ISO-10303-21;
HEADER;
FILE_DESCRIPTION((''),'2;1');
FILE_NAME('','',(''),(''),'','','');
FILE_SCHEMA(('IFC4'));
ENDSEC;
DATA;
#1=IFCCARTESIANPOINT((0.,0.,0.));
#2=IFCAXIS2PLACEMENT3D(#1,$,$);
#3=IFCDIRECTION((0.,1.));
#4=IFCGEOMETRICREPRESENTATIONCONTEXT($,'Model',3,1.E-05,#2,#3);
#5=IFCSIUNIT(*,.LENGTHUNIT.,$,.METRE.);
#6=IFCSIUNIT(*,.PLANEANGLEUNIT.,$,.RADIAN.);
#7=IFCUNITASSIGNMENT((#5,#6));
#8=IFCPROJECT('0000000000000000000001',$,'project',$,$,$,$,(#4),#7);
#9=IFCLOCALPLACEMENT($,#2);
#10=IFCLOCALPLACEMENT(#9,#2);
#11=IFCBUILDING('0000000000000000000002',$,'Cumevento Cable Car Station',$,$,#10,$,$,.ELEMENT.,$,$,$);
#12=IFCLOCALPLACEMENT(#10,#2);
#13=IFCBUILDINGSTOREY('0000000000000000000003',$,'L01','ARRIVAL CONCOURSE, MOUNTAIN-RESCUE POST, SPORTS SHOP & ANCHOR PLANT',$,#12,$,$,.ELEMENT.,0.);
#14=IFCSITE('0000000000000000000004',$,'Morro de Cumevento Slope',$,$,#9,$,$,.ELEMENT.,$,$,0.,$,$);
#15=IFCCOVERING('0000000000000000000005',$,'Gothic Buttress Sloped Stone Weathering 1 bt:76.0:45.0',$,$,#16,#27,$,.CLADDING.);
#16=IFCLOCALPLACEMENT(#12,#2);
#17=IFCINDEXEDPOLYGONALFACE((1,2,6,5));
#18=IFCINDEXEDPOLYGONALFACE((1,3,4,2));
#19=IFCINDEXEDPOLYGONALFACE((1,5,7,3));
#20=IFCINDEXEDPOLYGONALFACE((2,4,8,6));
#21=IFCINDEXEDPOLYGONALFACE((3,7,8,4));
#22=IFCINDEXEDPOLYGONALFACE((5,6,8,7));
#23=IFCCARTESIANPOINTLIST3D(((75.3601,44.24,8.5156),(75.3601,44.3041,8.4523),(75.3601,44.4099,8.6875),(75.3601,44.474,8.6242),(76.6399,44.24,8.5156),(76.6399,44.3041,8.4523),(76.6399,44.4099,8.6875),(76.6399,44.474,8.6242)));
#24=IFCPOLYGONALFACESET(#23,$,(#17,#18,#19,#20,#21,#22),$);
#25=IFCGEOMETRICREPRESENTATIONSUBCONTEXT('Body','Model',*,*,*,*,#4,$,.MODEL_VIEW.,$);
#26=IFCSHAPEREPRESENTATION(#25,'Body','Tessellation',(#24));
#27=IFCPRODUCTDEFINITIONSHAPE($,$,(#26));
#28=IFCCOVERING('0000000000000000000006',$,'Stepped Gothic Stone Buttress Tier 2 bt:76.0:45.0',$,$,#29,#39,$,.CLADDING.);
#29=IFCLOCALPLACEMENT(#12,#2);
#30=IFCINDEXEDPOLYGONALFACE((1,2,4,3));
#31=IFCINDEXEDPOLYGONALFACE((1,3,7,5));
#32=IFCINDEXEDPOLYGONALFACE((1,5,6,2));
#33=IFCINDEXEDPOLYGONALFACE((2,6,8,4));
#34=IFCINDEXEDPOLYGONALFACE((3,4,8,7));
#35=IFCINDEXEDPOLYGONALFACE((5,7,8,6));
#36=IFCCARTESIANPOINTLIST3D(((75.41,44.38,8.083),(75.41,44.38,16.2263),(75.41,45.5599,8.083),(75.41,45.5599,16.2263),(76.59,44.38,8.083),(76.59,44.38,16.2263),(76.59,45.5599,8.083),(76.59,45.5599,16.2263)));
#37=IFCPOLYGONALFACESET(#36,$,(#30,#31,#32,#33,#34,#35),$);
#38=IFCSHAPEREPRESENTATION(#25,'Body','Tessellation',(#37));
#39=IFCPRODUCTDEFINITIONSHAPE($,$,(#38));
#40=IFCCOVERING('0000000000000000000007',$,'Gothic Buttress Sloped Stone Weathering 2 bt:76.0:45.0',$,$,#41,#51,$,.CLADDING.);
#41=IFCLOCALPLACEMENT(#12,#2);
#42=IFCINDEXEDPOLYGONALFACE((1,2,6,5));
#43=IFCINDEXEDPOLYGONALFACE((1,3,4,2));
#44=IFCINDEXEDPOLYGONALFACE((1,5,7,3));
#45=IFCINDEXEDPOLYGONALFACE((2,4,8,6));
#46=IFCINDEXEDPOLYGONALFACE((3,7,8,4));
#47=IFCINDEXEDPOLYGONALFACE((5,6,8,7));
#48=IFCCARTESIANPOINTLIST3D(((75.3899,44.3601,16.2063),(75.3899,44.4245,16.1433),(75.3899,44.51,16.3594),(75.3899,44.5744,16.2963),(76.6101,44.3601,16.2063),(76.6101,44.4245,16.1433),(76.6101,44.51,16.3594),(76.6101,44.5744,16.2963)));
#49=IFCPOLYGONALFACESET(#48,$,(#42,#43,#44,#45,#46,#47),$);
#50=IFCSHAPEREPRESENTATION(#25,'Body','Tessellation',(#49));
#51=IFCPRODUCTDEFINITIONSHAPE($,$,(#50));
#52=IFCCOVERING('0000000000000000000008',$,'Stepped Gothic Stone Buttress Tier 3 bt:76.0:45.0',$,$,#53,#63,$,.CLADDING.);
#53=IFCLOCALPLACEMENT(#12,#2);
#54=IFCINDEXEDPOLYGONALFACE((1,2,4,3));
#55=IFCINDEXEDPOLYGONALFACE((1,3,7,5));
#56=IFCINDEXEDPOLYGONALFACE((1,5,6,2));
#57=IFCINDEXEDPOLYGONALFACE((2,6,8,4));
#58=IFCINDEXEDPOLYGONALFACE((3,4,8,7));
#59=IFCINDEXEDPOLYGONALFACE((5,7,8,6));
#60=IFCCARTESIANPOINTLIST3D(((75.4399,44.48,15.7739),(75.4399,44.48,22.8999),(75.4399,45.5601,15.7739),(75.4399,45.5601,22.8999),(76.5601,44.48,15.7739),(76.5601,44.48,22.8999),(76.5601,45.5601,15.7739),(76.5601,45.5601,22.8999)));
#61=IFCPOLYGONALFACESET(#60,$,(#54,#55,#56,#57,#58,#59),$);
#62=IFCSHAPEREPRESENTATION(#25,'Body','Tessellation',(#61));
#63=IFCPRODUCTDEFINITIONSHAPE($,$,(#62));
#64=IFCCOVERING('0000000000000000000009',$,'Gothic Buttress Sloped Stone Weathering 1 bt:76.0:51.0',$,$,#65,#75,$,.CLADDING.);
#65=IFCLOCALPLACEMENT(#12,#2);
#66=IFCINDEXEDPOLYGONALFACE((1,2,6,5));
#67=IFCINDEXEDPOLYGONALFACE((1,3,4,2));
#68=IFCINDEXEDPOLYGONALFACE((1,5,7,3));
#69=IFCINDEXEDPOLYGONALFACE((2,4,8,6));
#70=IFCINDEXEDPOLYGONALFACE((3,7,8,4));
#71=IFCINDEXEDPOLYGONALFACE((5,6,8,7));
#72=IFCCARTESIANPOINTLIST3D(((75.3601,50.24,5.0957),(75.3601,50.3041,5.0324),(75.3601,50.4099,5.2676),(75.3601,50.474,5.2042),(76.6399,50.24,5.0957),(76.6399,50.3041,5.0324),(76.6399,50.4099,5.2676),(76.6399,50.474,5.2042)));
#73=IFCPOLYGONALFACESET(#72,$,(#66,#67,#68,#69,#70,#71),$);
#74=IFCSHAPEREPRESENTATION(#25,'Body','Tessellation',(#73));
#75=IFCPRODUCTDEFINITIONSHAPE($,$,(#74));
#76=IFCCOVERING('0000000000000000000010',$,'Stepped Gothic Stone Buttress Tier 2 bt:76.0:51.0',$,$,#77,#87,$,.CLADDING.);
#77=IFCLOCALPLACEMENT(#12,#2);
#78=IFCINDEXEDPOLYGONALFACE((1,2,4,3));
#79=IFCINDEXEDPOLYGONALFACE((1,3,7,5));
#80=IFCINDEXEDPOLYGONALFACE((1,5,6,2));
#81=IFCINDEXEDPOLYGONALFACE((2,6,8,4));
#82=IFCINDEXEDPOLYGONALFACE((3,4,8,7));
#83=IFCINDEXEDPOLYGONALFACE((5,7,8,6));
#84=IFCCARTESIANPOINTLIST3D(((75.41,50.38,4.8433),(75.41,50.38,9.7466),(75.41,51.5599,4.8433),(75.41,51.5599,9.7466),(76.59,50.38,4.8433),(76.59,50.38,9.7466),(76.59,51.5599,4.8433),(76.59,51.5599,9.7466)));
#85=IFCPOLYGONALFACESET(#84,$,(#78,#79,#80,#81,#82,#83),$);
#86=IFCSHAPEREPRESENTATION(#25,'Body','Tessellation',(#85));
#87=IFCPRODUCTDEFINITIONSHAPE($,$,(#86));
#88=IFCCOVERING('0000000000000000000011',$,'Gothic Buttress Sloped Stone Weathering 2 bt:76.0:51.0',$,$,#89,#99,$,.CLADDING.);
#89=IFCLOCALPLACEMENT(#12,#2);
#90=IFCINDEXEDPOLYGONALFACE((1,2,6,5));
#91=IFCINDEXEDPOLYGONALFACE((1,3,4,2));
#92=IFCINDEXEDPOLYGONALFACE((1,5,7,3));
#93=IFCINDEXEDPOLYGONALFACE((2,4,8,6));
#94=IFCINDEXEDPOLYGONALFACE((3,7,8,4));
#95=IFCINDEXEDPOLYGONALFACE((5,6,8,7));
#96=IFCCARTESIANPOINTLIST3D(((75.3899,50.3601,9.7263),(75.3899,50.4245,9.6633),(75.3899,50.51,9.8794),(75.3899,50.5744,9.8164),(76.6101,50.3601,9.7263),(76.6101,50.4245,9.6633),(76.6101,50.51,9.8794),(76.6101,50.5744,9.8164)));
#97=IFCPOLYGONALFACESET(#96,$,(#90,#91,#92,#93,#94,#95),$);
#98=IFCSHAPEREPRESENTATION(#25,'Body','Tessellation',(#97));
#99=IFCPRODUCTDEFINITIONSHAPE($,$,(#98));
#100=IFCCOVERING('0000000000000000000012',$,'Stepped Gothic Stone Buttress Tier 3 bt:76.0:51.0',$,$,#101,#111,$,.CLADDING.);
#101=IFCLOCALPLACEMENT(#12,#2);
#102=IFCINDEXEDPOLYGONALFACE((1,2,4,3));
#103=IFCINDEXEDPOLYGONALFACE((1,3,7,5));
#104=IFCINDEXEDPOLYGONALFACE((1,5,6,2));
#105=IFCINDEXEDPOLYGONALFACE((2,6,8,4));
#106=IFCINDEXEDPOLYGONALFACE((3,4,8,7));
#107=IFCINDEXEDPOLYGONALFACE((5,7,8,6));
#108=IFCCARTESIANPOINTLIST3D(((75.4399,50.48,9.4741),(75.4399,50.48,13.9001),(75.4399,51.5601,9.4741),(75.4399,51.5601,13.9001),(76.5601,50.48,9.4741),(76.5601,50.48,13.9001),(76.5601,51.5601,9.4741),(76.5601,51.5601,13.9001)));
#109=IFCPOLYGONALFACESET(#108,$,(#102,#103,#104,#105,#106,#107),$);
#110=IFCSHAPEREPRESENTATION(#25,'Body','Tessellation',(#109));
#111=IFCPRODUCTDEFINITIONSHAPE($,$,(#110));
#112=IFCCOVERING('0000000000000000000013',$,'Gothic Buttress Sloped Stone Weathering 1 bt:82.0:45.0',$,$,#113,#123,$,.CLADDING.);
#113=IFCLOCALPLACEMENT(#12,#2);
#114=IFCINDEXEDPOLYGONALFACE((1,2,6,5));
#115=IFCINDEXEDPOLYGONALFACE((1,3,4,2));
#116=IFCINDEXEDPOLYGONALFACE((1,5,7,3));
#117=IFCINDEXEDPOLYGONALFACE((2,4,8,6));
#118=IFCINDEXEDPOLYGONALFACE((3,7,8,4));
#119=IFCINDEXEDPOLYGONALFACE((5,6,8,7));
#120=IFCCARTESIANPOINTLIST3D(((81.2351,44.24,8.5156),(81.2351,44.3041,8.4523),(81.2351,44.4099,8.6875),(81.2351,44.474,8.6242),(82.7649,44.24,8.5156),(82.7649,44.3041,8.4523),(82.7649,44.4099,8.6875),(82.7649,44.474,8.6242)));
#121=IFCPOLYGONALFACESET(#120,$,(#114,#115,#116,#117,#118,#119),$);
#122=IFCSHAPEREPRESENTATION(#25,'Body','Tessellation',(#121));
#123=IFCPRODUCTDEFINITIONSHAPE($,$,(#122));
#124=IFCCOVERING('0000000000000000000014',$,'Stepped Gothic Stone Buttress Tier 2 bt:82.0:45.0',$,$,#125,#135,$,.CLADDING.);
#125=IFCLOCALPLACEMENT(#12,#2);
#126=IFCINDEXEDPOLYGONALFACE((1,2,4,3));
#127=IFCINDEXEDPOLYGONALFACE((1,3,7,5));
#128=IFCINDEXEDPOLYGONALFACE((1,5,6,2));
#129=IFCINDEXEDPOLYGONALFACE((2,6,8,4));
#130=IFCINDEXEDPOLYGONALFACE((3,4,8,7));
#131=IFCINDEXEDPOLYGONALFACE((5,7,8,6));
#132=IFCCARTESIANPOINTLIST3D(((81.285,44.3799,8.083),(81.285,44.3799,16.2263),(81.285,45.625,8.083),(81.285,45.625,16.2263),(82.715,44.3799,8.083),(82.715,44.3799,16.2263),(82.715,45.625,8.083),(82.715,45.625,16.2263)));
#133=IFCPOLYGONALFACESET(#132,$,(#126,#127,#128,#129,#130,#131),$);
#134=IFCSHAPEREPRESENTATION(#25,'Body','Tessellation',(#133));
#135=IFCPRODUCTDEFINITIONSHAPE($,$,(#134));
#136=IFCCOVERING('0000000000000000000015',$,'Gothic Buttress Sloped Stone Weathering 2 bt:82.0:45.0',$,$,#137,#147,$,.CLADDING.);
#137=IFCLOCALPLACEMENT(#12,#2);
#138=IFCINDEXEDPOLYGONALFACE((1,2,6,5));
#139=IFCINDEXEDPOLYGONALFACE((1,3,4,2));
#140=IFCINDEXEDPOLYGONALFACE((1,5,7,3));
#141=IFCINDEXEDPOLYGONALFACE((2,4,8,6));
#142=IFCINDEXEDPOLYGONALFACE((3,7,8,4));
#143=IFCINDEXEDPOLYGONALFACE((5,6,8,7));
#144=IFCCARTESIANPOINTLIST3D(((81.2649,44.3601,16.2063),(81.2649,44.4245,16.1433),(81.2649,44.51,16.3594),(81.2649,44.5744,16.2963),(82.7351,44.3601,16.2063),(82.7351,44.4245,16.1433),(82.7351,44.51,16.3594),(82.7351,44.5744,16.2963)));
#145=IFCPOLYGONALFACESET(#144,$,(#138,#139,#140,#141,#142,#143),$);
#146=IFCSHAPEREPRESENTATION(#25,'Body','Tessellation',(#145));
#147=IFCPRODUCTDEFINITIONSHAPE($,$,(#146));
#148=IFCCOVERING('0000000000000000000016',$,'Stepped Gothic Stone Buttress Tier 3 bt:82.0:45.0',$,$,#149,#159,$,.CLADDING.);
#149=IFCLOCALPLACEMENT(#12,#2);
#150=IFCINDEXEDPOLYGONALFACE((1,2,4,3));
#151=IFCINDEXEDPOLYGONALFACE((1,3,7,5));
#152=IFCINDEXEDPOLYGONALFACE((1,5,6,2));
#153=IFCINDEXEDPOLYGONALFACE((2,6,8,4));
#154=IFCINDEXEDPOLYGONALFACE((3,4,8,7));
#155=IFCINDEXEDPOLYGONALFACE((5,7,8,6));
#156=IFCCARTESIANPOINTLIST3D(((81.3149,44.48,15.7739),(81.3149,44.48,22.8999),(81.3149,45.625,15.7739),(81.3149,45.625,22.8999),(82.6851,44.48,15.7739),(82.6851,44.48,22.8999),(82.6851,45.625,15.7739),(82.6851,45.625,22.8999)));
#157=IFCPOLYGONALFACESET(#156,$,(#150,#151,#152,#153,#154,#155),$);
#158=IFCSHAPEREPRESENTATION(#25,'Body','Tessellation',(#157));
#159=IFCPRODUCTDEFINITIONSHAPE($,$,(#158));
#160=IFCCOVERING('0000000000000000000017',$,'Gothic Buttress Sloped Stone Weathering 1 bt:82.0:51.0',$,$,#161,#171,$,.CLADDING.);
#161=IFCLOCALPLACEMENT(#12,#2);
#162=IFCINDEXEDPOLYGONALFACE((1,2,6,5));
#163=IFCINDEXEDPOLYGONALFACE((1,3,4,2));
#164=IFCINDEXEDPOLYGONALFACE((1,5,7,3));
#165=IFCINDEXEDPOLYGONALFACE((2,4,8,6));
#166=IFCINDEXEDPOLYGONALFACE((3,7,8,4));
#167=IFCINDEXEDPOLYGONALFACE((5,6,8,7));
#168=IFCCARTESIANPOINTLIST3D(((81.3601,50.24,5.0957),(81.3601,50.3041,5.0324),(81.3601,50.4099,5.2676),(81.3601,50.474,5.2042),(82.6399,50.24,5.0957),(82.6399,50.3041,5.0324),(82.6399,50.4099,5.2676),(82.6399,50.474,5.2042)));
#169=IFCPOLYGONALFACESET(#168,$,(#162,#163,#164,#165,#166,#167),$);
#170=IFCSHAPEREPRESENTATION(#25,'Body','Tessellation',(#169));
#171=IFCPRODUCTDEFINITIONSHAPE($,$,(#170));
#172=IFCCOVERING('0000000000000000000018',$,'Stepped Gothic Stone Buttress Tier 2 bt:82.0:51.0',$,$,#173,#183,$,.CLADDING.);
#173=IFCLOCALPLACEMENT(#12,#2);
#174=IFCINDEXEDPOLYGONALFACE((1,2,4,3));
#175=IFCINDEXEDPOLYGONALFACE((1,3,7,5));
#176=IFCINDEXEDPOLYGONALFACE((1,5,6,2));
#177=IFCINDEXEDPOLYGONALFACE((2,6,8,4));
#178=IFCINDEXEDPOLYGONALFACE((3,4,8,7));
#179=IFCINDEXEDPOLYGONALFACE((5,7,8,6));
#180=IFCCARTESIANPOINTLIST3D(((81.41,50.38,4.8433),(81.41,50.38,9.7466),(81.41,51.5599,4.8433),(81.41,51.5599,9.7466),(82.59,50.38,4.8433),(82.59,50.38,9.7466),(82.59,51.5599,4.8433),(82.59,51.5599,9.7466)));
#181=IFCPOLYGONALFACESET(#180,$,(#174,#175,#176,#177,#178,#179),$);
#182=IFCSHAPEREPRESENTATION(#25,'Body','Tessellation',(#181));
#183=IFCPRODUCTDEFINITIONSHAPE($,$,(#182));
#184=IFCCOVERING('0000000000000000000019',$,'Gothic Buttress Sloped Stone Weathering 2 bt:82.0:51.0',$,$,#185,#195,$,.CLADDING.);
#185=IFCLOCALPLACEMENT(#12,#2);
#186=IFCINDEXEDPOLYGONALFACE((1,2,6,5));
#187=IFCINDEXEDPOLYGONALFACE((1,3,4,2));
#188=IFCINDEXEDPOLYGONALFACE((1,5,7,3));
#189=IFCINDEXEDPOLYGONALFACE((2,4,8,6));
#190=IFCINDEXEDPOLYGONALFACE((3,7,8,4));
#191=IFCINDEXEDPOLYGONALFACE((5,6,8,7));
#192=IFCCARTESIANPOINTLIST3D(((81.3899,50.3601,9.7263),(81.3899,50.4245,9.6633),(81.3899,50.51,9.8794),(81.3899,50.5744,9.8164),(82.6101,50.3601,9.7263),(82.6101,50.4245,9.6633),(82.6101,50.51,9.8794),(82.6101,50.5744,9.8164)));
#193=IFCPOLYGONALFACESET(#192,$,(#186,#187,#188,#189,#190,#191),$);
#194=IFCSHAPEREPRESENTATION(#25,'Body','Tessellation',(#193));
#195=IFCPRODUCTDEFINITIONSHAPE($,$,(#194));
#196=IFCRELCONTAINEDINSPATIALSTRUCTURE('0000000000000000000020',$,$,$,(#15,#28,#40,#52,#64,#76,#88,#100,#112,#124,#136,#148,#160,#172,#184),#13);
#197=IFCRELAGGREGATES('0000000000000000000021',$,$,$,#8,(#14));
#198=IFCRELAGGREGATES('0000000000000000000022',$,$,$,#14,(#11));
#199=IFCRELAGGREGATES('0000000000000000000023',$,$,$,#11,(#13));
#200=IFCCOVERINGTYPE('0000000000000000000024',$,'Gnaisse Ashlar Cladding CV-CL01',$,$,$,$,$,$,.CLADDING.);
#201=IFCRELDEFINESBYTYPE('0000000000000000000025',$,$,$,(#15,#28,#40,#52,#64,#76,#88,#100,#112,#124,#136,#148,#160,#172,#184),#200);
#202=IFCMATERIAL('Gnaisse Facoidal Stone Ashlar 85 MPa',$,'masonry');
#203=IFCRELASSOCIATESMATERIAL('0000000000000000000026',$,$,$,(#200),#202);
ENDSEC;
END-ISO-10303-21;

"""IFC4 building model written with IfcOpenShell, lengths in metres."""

from ifc_helpers import new_model, si_unit, direction, frame, origin, origin_2d, place, context, subcontext, project, spatial, polyline, rectangle, outline, extrude, material, type_object, element, save


model = new_model("IFC4")

# Units and contexts
model_context = context("Model", 3, precision=1e-05, world=origin(), true_north=direction((0.0, 1.0)))
body_context = subcontext(model_context, "Body", "Model", "MODEL_VIEW")
ifc_project = project(units=[si_unit("LENGTHUNIT", "METRE"), si_unit("PLANEANGLEUNIT", "RADIAN")], contexts=[model_context])

# Site, building, storey
site_placement = place(None, origin())
site = spatial("IfcSite", under=ifc_project, at=site_placement, Name="Morro de Cumevento Slope", CompositionType="ELEMENT", RefElevation=0.0)
building_placement = place(site_placement, origin())
building = spatial("IfcBuilding", under=site, at=building_placement, Name="Cumevento Cable Car Station", CompositionType="ELEMENT")
storey_placement = place(building_placement, origin())
storey = spatial("IfcBuildingStorey", under=building, at=storey_placement, Name="L01", Description="ARRIVAL CONCOURSE, MOUNTAIN-RESCUE POST, SPORTS SHOP & ANCHOR PLANT", CompositionType="ELEMENT", Elevation=0.0)

# Coverings
ifc_material = material(Name="Gnaisse Facoidal Stone Ashlar 85 MPa", Category="masonry")
covering_type = type_object("IfcCoveringType", Name="Gnaisse Ashlar Cladding CV-CL01", PredefinedType="CLADDING", material=ifc_material)
covering_1_placement = place(storey_placement, frame((75.3601, 44.24, 8.5156), z_axis=(0.0, -0.711136, 0.703055), x_axis=(1.0, 0.0, 0.0)))
element("IfcCovering", 1, at=covering_1_placement, inside=storey, type_object=covering_type, Name="Gothic Buttress Sloped Stone Weathering 1 bt:76.0:45.0", PredefinedType="CLADDING", context=body_context, shape_type="SweptSolid", body=[
    extrude(outline(polyline([(0.0, 0.0), (1.2798, 0.0), (1.2798, 0.2417), (0.0, 0.2417), (0.0, 0.0)])), origin(), (0.0, 0.0, -1.0), 0.0901),
])
covering_2_placement = place(storey_placement, frame((76.0, 44.97, 8.083), z_axis=(0.0, 0.0, 1.0), x_axis=(1.0, 0.0, 0.0)))
element("IfcCovering", 2, at=covering_2_placement, inside=storey, type_object=covering_type, Name="Stepped Gothic Stone Buttress Tier 2 bt:76.0:45.0", PredefinedType="CLADDING", context=body_context, shape_type="SweptSolid", body=[
    extrude(rectangle(XDim=1.1799, YDim=1.1799, at=origin_2d()), origin(), (0.0, 0.0, 1.0), 8.1433),
])
covering_3_placement = place(storey_placement, frame((75.3899, 44.3601, 16.2063), z_axis=(0.0, -0.714475, 0.699661), x_axis=(1.0, 0.0, 0.0)))
element("IfcCovering", 3, at=covering_3_placement, inside=storey, type_object=covering_type, Name="Gothic Buttress Sloped Stone Weathering 2 bt:76.0:45.0", PredefinedType="CLADDING", context=body_context, shape_type="SweptSolid", body=[
    extrude(outline(polyline([(0.0, 0.0), (1.2202, 0.0), (1.2202, 0.2142), (0.0, 0.2142), (0.0, 0.0)])), origin(), (0.0, 0.0, -1.0), 0.0901),
])
covering_4_placement = place(storey_placement, frame((76.0, 45.02, 15.7739), z_axis=(0.0, 0.0, 1.0), x_axis=(1.0, 0.0, 0.0)))
element("IfcCovering", 4, at=covering_4_placement, inside=storey, type_object=covering_type, Name="Stepped Gothic Stone Buttress Tier 3 bt:76.0:45.0", PredefinedType="CLADDING", context=body_context, shape_type="SweptSolid", body=[
    extrude(rectangle(XDim=1.1201, YDim=1.0801, at=origin_2d()), origin(), (0.0, 0.0, 1.0), 7.126),
])
covering_5_placement = place(storey_placement, frame((75.3601, 50.24, 5.0957), z_axis=(0.0, -0.711136, 0.703055), x_axis=(1.0, 0.0, 0.0)))
element("IfcCovering", 5, at=covering_5_placement, inside=storey, type_object=covering_type, Name="Gothic Buttress Sloped Stone Weathering 1 bt:76.0:51.0", PredefinedType="CLADDING", context=body_context, shape_type="SweptSolid", body=[
    extrude(outline(polyline([(0.0, 0.0), (1.2798, 0.0), (1.2798, 0.2417), (0.0, 0.2417), (0.0, 0.0)])), origin(), (0.0, 0.0, -1.0), 0.0901),
])
covering_6_placement = place(storey_placement, frame((76.0, 50.97, 4.8433), z_axis=(0.0, 0.0, 1.0), x_axis=(1.0, 0.0, 0.0)))
element("IfcCovering", 6, at=covering_6_placement, inside=storey, type_object=covering_type, Name="Stepped Gothic Stone Buttress Tier 2 bt:76.0:51.0", PredefinedType="CLADDING", context=body_context, shape_type="SweptSolid", body=[
    extrude(rectangle(XDim=1.1799, YDim=1.1799, at=origin_2d()), origin(), (0.0, 0.0, 1.0), 4.9033),
])
covering_7_placement = place(storey_placement, frame((75.3899, 50.3601, 9.7263), z_axis=(0.0, -0.714475, 0.699661), x_axis=(1.0, 0.0, 0.0)))
element("IfcCovering", 7, at=covering_7_placement, inside=storey, type_object=covering_type, Name="Gothic Buttress Sloped Stone Weathering 2 bt:76.0:51.0", PredefinedType="CLADDING", context=body_context, shape_type="SweptSolid", body=[
    extrude(outline(polyline([(0.0, 0.0), (1.2202, 0.0), (1.2202, 0.2142), (0.0, 0.2142), (0.0, 0.0)])), origin(), (0.0, 0.0, -1.0), 0.0901),
])
covering_8_placement = place(storey_placement, frame((76.0, 51.02, 9.4741), z_axis=(0.0, 0.0, 1.0), x_axis=(1.0, 0.0, 0.0)))
element("IfcCovering", 8, at=covering_8_placement, inside=storey, type_object=covering_type, Name="Stepped Gothic Stone Buttress Tier 3 bt:76.0:51.0", PredefinedType="CLADDING", context=body_context, shape_type="SweptSolid", body=[
    extrude(rectangle(XDim=1.1201, YDim=1.0801, at=origin_2d()), origin(), (0.0, 0.0, 1.0), 4.426),
])
covering_9_placement = place(storey_placement, frame((81.2351, 44.24, 8.5156), z_axis=(0.0, -0.711136, 0.703055), x_axis=(1.0, 0.0, 0.0)))
element("IfcCovering", 9, at=covering_9_placement, inside=storey, type_object=covering_type, Name="Gothic Buttress Sloped Stone Weathering 1 bt:82.0:45.0", PredefinedType="CLADDING", context=body_context, shape_type="SweptSolid", body=[
    extrude(outline(polyline([(0.0, 0.0), (1.5298, 0.0), (1.5298, 0.2417), (0.0, 0.2417), (0.0, 0.0)])), origin(), (0.0, 0.0, -1.0), 0.0901),
])
covering_10_placement = place(storey_placement, frame((82.0, 45.0024, 8.083), z_axis=(0.0, 0.0, 1.0), x_axis=(1.0, 0.0, 0.0)))
element("IfcCovering", 10, at=covering_10_placement, inside=storey, type_object=covering_type, Name="Stepped Gothic Stone Buttress Tier 2 bt:82.0:45.0", PredefinedType="CLADDING", context=body_context, shape_type="SweptSolid", body=[
    extrude(rectangle(XDim=1.4299, YDim=1.2451, at=origin_2d()), origin(), (0.0, 0.0, 1.0), 8.1433),
])
covering_11_placement = place(storey_placement, frame((81.2649, 44.3601, 16.2063), z_axis=(0.0, -0.714475, 0.699661), x_axis=(1.0, 0.0, 0.0)))
element("IfcCovering", 11, at=covering_11_placement, inside=storey, type_object=covering_type, Name="Gothic Buttress Sloped Stone Weathering 2 bt:82.0:45.0", PredefinedType="CLADDING", context=body_context, shape_type="SweptSolid", body=[
    extrude(outline(polyline([(0.0, 0.0), (1.4702, 0.0), (1.4702, 0.2142), (0.0, 0.2142), (0.0, 0.0)])), origin(), (0.0, 0.0, -1.0), 0.0901),
])
covering_12_placement = place(storey_placement, frame((82.0, 45.0525, 15.7739), z_axis=(0.0, 0.0, 1.0), x_axis=(1.0, 0.0, 0.0)))
element("IfcCovering", 12, at=covering_12_placement, inside=storey, type_object=covering_type, Name="Stepped Gothic Stone Buttress Tier 3 bt:82.0:45.0", PredefinedType="CLADDING", context=body_context, shape_type="SweptSolid", body=[
    extrude(rectangle(XDim=1.3701, YDim=1.145, at=origin_2d()), origin(), (0.0, 0.0, 1.0), 7.126),
])
covering_13_placement = place(storey_placement, frame((81.3601, 50.24, 5.0957), z_axis=(0.0, -0.711136, 0.703055), x_axis=(1.0, 0.0, 0.0)))
element("IfcCovering", 13, at=covering_13_placement, inside=storey, type_object=covering_type, Name="Gothic Buttress Sloped Stone Weathering 1 bt:82.0:51.0", PredefinedType="CLADDING", context=body_context, shape_type="SweptSolid", body=[
    extrude(outline(polyline([(0.0, 0.0), (1.2798, 0.0), (1.2798, 0.2417), (0.0, 0.2417), (0.0, 0.0)])), origin(), (0.0, 0.0, -1.0), 0.0901),
])
covering_14_placement = place(storey_placement, frame((82.0, 50.97, 4.8433), z_axis=(0.0, 0.0, 1.0), x_axis=(1.0, 0.0, 0.0)))
element("IfcCovering", 14, at=covering_14_placement, inside=storey, type_object=covering_type, Name="Stepped Gothic Stone Buttress Tier 2 bt:82.0:51.0", PredefinedType="CLADDING", context=body_context, shape_type="SweptSolid", body=[
    extrude(rectangle(XDim=1.1799, YDim=1.1799, at=origin_2d()), origin(), (0.0, 0.0, 1.0), 4.9033),
])
covering_15_placement = place(storey_placement, frame((81.3899, 50.3601, 9.7263), z_axis=(0.0, -0.714475, 0.699661), x_axis=(1.0, 0.0, 0.0)))
element("IfcCovering", 15, at=covering_15_placement, inside=storey, type_object=covering_type, Name="Gothic Buttress Sloped Stone Weathering 2 bt:82.0:51.0", PredefinedType="CLADDING", context=body_context, shape_type="SweptSolid", body=[
    extrude(outline(polyline([(0.0, 0.0), (1.2202, 0.0), (1.2202, 0.2142), (0.0, 0.2142), (0.0, 0.0)])), origin(), (0.0, 0.0, -1.0), 0.0901),
])

save(model, "model.ifc")
